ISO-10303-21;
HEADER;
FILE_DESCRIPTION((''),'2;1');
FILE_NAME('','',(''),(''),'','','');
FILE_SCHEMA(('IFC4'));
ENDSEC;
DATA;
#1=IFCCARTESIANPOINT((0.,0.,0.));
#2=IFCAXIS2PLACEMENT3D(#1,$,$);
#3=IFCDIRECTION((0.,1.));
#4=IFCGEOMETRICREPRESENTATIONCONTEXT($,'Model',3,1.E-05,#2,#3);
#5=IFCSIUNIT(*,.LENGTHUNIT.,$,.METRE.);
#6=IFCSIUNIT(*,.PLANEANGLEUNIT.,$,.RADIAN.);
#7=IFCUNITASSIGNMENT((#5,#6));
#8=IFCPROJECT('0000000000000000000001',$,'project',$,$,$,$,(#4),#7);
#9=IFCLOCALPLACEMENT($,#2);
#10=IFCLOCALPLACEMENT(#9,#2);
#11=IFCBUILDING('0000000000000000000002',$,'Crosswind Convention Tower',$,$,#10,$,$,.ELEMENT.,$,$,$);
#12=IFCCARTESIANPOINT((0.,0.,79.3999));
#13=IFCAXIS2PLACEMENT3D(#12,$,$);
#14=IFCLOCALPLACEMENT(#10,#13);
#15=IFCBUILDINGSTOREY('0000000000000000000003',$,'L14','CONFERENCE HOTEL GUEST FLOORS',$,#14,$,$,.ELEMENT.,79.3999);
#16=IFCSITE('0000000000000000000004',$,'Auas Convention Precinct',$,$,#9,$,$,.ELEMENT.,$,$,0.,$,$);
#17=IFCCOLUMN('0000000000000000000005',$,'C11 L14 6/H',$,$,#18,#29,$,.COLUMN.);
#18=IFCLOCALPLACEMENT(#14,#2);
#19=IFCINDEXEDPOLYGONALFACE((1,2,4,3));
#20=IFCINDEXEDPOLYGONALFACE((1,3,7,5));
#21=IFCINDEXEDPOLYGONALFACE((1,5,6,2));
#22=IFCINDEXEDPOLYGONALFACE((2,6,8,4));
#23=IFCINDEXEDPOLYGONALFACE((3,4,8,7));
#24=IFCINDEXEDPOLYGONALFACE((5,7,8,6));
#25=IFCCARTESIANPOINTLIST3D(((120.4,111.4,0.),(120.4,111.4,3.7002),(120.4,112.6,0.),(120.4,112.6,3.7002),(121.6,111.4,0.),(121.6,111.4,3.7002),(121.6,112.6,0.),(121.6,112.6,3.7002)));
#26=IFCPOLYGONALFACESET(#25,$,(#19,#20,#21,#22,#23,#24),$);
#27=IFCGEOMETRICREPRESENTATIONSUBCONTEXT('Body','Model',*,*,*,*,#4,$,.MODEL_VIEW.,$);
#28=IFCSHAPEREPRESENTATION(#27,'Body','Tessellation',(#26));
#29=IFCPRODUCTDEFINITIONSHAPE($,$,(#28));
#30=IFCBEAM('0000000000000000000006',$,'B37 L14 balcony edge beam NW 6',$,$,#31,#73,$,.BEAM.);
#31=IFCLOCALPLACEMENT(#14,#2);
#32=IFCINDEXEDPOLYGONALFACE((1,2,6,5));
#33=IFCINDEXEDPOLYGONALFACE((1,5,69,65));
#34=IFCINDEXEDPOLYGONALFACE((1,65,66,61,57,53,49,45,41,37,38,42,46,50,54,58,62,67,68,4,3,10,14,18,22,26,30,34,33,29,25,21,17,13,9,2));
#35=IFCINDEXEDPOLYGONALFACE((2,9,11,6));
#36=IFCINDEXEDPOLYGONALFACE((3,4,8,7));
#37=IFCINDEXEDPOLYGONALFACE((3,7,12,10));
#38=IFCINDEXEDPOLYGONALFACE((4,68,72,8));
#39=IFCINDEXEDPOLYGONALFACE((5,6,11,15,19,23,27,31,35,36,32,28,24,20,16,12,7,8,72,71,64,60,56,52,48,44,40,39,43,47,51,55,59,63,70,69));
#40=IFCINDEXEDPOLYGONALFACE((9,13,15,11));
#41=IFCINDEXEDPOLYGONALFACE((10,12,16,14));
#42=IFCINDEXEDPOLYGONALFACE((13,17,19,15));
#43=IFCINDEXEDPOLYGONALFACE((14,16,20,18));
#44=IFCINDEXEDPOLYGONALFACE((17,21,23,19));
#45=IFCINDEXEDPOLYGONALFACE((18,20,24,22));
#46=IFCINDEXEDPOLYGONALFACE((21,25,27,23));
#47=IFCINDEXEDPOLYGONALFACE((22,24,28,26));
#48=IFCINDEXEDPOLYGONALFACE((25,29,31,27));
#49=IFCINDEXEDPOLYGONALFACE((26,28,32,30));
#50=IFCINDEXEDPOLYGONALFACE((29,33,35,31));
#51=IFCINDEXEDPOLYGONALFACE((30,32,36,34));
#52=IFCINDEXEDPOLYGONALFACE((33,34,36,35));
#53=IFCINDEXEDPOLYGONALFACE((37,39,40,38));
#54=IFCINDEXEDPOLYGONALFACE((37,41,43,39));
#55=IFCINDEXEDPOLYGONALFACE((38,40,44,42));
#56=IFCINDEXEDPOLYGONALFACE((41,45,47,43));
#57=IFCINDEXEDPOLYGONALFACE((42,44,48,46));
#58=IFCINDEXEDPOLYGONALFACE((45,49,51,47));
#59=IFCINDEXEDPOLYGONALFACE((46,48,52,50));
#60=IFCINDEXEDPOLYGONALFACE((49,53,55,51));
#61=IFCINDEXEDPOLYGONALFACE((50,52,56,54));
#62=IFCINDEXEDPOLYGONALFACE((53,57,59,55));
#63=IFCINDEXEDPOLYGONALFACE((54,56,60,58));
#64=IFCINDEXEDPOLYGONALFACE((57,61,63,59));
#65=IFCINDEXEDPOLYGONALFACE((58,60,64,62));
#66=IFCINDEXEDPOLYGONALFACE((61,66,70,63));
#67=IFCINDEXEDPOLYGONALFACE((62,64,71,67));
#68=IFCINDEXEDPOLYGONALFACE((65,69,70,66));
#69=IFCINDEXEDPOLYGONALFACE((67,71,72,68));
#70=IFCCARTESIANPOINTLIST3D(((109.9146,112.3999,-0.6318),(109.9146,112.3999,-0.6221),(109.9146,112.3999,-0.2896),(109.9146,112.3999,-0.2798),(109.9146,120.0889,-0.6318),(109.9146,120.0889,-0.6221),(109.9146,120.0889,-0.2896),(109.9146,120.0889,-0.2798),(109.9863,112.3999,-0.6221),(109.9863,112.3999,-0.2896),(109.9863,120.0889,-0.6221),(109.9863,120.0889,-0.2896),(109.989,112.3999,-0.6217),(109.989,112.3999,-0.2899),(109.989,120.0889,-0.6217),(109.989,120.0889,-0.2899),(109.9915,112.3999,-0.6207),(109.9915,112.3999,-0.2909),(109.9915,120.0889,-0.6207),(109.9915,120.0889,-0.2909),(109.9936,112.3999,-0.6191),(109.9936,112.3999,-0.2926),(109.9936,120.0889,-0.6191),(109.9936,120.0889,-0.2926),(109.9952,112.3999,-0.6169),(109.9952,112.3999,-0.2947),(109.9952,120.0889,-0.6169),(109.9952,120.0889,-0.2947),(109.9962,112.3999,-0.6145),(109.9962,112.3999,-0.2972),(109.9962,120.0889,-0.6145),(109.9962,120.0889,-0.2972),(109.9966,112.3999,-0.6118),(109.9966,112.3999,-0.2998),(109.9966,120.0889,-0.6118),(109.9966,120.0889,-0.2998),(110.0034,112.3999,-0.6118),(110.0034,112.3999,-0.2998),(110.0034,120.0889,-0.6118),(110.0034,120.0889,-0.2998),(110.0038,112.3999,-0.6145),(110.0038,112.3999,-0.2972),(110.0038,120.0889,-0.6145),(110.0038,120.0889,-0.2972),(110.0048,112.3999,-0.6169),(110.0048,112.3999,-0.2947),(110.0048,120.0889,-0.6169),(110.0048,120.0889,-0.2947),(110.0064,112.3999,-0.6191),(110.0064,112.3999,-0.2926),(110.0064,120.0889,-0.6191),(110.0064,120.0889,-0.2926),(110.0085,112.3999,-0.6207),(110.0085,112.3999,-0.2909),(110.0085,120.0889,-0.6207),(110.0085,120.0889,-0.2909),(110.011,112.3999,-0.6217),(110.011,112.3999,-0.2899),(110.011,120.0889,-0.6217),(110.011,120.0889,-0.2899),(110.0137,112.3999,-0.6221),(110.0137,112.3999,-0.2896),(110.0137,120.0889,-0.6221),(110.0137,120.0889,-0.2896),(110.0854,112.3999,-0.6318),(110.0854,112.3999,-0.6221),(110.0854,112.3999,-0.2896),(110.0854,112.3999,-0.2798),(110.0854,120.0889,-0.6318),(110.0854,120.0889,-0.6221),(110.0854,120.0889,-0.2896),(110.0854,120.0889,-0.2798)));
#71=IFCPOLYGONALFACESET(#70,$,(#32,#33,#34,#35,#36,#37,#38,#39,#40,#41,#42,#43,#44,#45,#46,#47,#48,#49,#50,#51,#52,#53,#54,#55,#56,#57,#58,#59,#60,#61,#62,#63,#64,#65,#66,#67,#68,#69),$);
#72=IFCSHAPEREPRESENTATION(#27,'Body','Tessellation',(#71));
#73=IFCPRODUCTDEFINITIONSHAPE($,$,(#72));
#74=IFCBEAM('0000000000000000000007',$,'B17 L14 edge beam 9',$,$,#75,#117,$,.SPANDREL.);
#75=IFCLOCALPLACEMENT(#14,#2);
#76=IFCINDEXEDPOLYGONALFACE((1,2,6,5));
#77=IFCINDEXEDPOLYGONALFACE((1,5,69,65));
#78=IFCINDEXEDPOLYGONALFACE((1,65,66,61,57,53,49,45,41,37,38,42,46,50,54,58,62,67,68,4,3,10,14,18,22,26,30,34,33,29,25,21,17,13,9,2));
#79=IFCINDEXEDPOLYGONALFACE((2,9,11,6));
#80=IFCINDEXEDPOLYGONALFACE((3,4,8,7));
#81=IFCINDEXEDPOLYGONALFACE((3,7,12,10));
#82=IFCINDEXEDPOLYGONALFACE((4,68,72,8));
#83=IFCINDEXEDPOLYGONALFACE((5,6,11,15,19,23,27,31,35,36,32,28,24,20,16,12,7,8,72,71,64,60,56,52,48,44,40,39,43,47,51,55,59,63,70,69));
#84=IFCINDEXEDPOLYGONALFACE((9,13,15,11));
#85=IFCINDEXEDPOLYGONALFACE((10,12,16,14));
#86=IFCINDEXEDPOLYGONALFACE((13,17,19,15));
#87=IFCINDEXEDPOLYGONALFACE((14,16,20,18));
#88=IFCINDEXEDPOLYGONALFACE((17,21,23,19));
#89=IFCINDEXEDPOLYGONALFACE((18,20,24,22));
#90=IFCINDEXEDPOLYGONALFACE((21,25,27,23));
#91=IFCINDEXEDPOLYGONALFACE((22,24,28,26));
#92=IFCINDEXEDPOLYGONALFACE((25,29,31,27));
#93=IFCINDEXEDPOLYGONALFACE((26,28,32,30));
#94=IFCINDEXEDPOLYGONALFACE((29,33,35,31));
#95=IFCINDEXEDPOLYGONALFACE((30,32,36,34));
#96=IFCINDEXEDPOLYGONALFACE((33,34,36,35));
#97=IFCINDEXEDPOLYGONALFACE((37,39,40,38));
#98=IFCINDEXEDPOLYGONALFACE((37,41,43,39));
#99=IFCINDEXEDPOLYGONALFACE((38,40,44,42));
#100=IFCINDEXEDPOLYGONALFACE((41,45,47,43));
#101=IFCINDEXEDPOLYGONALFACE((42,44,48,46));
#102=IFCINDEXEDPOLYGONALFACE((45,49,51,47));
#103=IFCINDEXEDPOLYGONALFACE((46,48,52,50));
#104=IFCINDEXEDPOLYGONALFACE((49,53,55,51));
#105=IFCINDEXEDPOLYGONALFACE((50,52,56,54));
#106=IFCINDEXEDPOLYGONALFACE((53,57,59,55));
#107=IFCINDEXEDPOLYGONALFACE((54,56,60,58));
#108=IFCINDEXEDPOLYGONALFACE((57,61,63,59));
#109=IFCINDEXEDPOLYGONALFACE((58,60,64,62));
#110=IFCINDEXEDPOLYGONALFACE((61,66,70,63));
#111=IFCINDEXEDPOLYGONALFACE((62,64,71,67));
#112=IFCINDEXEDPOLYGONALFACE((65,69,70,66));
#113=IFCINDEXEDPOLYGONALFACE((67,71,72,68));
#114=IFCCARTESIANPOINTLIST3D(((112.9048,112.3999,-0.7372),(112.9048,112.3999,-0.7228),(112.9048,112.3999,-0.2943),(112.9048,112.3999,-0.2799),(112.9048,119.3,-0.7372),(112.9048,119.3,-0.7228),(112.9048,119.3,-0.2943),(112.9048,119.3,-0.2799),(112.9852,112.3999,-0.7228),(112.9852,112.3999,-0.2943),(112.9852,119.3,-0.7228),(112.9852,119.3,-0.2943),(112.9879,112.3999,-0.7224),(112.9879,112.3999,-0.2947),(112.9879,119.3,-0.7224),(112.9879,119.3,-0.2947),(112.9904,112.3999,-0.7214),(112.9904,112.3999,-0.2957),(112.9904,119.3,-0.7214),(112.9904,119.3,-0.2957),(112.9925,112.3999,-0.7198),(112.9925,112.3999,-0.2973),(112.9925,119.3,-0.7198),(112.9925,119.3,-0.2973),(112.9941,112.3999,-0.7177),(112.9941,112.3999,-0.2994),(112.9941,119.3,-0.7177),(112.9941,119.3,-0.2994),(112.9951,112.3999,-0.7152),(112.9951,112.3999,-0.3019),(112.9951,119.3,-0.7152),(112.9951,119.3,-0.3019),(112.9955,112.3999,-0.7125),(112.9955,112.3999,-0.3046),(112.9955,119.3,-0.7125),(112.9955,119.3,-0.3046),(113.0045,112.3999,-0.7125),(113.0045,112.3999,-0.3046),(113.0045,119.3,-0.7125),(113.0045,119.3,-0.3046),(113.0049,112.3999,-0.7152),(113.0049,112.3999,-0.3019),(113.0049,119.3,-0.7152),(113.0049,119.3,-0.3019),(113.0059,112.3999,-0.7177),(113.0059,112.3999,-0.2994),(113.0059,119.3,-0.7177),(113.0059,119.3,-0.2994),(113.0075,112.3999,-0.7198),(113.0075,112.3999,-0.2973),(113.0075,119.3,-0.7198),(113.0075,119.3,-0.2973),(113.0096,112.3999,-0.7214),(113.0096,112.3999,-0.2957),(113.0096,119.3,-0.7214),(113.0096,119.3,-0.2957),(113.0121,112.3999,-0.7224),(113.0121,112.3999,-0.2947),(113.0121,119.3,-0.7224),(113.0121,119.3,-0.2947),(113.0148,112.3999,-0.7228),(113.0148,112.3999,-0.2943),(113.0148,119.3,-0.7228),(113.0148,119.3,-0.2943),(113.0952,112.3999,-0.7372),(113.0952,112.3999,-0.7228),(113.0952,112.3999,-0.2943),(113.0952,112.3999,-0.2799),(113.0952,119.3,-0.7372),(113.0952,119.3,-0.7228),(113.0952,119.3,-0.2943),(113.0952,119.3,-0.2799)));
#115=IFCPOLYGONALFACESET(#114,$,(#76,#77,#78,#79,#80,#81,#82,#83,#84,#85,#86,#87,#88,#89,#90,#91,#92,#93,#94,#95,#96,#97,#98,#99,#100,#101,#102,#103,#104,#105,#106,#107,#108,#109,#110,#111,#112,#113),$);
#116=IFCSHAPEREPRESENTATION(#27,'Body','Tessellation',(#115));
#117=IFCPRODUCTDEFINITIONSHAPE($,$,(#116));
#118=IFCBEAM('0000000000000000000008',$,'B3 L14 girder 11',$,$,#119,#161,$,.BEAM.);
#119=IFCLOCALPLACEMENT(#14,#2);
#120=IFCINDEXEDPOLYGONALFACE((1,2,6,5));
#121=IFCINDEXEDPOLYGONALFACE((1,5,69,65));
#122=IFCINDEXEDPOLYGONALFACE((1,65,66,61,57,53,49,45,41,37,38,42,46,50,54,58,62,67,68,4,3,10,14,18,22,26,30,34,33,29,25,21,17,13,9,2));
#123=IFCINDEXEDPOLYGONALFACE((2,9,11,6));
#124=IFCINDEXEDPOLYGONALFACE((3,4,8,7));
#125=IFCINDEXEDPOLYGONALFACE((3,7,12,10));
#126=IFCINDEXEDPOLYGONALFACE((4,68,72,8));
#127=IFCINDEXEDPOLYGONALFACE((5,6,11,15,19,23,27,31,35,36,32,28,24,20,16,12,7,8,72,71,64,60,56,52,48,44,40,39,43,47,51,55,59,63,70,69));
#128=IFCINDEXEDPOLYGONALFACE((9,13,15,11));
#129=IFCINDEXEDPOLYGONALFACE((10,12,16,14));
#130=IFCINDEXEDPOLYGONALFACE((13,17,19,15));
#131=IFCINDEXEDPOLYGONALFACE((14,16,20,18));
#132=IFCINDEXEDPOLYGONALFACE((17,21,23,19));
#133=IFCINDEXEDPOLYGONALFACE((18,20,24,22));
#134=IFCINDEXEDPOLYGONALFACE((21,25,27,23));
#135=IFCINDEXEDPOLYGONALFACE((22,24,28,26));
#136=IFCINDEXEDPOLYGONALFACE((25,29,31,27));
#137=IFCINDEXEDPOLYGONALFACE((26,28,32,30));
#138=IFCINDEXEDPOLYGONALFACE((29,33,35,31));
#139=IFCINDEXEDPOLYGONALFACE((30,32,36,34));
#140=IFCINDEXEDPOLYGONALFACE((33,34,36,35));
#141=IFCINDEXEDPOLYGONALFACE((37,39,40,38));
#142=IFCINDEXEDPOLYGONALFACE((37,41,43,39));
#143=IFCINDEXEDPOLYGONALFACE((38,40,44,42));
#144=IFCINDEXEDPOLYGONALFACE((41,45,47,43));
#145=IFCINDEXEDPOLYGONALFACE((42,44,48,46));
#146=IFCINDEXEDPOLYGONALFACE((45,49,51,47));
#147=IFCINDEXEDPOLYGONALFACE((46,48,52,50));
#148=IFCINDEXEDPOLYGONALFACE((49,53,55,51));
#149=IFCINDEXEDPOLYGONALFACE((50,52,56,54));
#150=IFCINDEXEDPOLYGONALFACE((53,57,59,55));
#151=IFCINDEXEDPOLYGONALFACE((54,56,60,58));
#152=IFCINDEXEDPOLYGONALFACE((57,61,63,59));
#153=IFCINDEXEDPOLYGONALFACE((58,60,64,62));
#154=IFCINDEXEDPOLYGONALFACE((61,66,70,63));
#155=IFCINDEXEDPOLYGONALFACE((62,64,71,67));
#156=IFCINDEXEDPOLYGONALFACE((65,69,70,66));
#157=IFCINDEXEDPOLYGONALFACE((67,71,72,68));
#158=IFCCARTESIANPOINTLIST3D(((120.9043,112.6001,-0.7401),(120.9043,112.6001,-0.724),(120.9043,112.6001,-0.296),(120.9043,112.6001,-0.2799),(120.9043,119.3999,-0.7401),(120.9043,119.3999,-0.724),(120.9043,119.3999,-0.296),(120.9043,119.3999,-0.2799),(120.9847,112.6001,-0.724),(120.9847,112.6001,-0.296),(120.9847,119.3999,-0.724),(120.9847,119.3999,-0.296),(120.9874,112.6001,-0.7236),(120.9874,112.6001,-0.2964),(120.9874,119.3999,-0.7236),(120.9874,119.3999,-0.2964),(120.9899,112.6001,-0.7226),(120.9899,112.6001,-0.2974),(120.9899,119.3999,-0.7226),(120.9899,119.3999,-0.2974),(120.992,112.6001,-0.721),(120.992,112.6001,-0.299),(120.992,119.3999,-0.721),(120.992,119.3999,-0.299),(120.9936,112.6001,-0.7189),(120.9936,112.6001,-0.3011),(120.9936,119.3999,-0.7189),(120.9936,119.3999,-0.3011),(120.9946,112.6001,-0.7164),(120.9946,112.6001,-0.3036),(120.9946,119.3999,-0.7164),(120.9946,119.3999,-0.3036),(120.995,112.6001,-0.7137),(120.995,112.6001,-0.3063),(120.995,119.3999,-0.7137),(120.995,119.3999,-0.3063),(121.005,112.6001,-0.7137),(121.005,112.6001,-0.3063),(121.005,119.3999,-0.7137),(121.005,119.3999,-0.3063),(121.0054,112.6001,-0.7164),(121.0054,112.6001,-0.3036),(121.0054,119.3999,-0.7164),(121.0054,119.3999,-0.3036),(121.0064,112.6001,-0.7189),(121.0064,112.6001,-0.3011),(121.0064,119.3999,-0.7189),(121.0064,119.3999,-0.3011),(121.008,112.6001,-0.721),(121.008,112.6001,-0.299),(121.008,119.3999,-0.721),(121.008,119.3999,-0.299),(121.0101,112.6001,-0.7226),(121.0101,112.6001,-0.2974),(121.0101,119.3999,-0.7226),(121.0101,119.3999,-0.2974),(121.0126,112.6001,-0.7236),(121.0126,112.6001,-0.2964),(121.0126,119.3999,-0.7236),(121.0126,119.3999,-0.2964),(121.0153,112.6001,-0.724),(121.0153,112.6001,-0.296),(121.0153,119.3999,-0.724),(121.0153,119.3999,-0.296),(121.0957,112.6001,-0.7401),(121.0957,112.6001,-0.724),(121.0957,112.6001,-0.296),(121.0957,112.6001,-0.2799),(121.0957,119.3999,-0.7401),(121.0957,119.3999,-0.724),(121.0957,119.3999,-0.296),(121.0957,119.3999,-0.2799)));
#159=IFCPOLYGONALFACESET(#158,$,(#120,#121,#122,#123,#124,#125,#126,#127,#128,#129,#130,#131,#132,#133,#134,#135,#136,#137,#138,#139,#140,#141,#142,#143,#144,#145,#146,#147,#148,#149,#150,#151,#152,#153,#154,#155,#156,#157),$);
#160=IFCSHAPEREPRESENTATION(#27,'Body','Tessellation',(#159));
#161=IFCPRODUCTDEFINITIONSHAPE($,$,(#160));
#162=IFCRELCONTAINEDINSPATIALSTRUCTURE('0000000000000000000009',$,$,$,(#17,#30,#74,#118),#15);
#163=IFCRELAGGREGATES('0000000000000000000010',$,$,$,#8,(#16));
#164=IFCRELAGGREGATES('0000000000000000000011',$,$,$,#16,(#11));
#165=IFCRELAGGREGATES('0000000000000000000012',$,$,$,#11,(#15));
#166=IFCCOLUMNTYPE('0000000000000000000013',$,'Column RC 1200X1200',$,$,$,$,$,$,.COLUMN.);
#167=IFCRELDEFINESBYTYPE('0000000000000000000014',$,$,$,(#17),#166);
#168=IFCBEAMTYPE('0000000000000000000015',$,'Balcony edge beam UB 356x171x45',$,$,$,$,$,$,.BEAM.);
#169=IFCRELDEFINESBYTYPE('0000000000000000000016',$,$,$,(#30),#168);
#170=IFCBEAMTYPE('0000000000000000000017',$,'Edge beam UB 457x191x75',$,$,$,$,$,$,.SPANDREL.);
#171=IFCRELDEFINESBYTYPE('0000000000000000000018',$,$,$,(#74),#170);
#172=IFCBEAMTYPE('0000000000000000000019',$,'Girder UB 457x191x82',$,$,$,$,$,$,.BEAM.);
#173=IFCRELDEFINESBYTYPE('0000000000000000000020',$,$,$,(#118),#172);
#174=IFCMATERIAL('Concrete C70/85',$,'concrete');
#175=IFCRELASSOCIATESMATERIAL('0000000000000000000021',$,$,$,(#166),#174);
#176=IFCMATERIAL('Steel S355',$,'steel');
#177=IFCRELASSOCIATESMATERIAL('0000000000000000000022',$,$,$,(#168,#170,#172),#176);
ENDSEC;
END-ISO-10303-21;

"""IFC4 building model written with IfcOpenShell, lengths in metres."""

from ifc_helpers import new_model, si_unit, direction, frame, origin, origin_2d, place, context, subcontext, project, spatial, rectangle, i_section, extrude, material, material_profile, profile_set, type_object, element, save


model = new_model("IFC4")

# Units and contexts
model_context = context("Model", 3, precision=1e-05, world=origin(), true_north=direction((0.0, 1.0)))
body_context = subcontext(model_context, "Body", "Model", "MODEL_VIEW")
ifc_project = project(units=[si_unit("LENGTHUNIT", "METRE"), si_unit("PLANEANGLEUNIT", "RADIAN")], contexts=[model_context])

# Site, building, storey
site_placement = place(None, origin())
site = spatial("IfcSite", under=ifc_project, at=site_placement, Name="Auas Convention Precinct", CompositionType="ELEMENT", RefElevation=0.0)
building_placement = place(site_placement, origin())
building = spatial("IfcBuilding", under=site, at=building_placement, Name="Crosswind Convention Tower", CompositionType="ELEMENT")
storey_placement = place(building_placement, frame((0.0, 0.0, 79.3999)))
storey = spatial("IfcBuildingStorey", under=building, at=storey_placement, Name="L14", Description="CONFERENCE HOTEL GUEST FLOORS", CompositionType="ELEMENT", Elevation=79.3999)

# Column
ifc_material_1 = material(Name="Concrete C70/85", Category="concrete")
ifc_material_profile_1 = material_profile(ifc_material_1, rectangle(XDim=1.2, YDim=1.2, at=origin_2d()), Name="RC 1200X1200")
ifc_profile_set_1 = profile_set([ifc_material_profile_1], Name="Concrete C70/85")
column_type = type_object("IfcColumnType", Name="Column RC 1200X1200", PredefinedType="COLUMN", material=ifc_profile_set_1)
column_placement = place(storey_placement, frame((121.0, 112.0, 0.0), z_axis=(0.0, 0.0, 1.0), x_axis=(1.0, 0.0, 0.0)))
element("IfcColumn", 1, at=column_placement, inside=storey, type_object=column_type, Name="C11 L14 6/H", PredefinedType="COLUMN", context=body_context, shape_type="SweptSolid", body=[
    extrude(rectangle(XDim=1.2, YDim=1.2, at=origin_2d()), origin(), (0.0, 0.0, 1.0), 3.7002),
])

# Beams
ifc_material_2 = material(Name="Steel S355", Category="steel")
ifc_material_profile_2 = material_profile(ifc_material_2, i_section(OverallWidth=0.1709, OverallDepth=0.3521, WebThickness=0.0068, FlangeThickness=0.0098, FilletRadius=0.0103, at=origin_2d()), Name="UB 356x171x45")
ifc_profile_set_2 = profile_set([ifc_material_profile_2], Name="Steel S355")
beam_type_1 = type_object("IfcBeamType", Name="Balcony edge beam UB 356x171x45", PredefinedType="BEAM", material=ifc_profile_set_2)
beam_1_placement = place(storey_placement, frame((110.0, 112.3999, -0.4558), z_axis=(0.0, 1.0, 0.0), x_axis=(-1.0, 0.0, 0.0)))
element("IfcBeam", 2, at=beam_1_placement, inside=storey, type_object=beam_type_1, Name="B37 L14 balcony edge beam NW 6", PredefinedType="BEAM", context=body_context, shape_type="SweptSolid", body=[
    extrude(i_section(OverallWidth=0.1709, OverallDepth=0.3521, WebThickness=0.0068, FlangeThickness=0.0098, FilletRadius=0.0103, at=origin_2d()), origin(), (0.0, 0.0, 1.0), 7.689),
])
ifc_material_profile_3 = material_profile(ifc_material_2, i_section(OverallWidth=0.1904, OverallDepth=0.4573, WebThickness=0.009, FlangeThickness=0.0144, FilletRadius=0.0103, at=origin_2d()), Name="UB 457x191x75")
ifc_profile_set_3 = profile_set([ifc_material_profile_3], Name="Steel S355")
beam_type_2 = type_object("IfcBeamType", Name="Edge beam UB 457x191x75", PredefinedType="SPANDREL", material=ifc_profile_set_3)
beam_2_placement = place(storey_placement, frame((113.0, 112.3999, -0.5085), z_axis=(0.0, 1.0, 0.0), x_axis=(-1.0, 0.0, 0.0)))
element("IfcBeam", 3, at=beam_2_placement, inside=storey, type_object=beam_type_2, Name="B17 L14 edge beam 9", PredefinedType="SPANDREL", context=body_context, shape_type="SweptSolid", body=[
    extrude(i_section(OverallWidth=0.1904, OverallDepth=0.4573, WebThickness=0.009, FlangeThickness=0.0144, FilletRadius=0.0103, at=origin_2d()), origin(), (0.0, 0.0, 1.0), 6.9001),
])
ifc_material_profile_4 = material_profile(ifc_material_2, i_section(OverallWidth=0.1914, OverallDepth=0.4602, WebThickness=0.01, FlangeThickness=0.0161, FilletRadius=0.0103, at=origin_2d()), Name="UB 457x191x82")
ifc_profile_set_4 = profile_set([ifc_material_profile_4], Name="Steel S355")
beam_type_3 = type_object("IfcBeamType", Name="Girder UB 457x191x82", PredefinedType="BEAM", material=ifc_profile_set_4)
beam_3_placement = place(storey_placement, frame((121.0, 112.6001, -0.51), z_axis=(0.0, 1.0, 0.0), x_axis=(-1.0, 0.0, 0.0)))
element("IfcBeam", 4, at=beam_3_placement, inside=storey, type_object=beam_type_3, Name="B3 L14 girder 11", PredefinedType="BEAM", context=body_context, shape_type="SweptSolid", body=[
    extrude(i_section(OverallWidth=0.1914, OverallDepth=0.4602, WebThickness=0.01, FlangeThickness=0.0161, FilletRadius=0.0103, at=origin_2d()), origin(), (0.0, 0.0, 1.0), 6.7998),
])

save(model, "model.ifc")
